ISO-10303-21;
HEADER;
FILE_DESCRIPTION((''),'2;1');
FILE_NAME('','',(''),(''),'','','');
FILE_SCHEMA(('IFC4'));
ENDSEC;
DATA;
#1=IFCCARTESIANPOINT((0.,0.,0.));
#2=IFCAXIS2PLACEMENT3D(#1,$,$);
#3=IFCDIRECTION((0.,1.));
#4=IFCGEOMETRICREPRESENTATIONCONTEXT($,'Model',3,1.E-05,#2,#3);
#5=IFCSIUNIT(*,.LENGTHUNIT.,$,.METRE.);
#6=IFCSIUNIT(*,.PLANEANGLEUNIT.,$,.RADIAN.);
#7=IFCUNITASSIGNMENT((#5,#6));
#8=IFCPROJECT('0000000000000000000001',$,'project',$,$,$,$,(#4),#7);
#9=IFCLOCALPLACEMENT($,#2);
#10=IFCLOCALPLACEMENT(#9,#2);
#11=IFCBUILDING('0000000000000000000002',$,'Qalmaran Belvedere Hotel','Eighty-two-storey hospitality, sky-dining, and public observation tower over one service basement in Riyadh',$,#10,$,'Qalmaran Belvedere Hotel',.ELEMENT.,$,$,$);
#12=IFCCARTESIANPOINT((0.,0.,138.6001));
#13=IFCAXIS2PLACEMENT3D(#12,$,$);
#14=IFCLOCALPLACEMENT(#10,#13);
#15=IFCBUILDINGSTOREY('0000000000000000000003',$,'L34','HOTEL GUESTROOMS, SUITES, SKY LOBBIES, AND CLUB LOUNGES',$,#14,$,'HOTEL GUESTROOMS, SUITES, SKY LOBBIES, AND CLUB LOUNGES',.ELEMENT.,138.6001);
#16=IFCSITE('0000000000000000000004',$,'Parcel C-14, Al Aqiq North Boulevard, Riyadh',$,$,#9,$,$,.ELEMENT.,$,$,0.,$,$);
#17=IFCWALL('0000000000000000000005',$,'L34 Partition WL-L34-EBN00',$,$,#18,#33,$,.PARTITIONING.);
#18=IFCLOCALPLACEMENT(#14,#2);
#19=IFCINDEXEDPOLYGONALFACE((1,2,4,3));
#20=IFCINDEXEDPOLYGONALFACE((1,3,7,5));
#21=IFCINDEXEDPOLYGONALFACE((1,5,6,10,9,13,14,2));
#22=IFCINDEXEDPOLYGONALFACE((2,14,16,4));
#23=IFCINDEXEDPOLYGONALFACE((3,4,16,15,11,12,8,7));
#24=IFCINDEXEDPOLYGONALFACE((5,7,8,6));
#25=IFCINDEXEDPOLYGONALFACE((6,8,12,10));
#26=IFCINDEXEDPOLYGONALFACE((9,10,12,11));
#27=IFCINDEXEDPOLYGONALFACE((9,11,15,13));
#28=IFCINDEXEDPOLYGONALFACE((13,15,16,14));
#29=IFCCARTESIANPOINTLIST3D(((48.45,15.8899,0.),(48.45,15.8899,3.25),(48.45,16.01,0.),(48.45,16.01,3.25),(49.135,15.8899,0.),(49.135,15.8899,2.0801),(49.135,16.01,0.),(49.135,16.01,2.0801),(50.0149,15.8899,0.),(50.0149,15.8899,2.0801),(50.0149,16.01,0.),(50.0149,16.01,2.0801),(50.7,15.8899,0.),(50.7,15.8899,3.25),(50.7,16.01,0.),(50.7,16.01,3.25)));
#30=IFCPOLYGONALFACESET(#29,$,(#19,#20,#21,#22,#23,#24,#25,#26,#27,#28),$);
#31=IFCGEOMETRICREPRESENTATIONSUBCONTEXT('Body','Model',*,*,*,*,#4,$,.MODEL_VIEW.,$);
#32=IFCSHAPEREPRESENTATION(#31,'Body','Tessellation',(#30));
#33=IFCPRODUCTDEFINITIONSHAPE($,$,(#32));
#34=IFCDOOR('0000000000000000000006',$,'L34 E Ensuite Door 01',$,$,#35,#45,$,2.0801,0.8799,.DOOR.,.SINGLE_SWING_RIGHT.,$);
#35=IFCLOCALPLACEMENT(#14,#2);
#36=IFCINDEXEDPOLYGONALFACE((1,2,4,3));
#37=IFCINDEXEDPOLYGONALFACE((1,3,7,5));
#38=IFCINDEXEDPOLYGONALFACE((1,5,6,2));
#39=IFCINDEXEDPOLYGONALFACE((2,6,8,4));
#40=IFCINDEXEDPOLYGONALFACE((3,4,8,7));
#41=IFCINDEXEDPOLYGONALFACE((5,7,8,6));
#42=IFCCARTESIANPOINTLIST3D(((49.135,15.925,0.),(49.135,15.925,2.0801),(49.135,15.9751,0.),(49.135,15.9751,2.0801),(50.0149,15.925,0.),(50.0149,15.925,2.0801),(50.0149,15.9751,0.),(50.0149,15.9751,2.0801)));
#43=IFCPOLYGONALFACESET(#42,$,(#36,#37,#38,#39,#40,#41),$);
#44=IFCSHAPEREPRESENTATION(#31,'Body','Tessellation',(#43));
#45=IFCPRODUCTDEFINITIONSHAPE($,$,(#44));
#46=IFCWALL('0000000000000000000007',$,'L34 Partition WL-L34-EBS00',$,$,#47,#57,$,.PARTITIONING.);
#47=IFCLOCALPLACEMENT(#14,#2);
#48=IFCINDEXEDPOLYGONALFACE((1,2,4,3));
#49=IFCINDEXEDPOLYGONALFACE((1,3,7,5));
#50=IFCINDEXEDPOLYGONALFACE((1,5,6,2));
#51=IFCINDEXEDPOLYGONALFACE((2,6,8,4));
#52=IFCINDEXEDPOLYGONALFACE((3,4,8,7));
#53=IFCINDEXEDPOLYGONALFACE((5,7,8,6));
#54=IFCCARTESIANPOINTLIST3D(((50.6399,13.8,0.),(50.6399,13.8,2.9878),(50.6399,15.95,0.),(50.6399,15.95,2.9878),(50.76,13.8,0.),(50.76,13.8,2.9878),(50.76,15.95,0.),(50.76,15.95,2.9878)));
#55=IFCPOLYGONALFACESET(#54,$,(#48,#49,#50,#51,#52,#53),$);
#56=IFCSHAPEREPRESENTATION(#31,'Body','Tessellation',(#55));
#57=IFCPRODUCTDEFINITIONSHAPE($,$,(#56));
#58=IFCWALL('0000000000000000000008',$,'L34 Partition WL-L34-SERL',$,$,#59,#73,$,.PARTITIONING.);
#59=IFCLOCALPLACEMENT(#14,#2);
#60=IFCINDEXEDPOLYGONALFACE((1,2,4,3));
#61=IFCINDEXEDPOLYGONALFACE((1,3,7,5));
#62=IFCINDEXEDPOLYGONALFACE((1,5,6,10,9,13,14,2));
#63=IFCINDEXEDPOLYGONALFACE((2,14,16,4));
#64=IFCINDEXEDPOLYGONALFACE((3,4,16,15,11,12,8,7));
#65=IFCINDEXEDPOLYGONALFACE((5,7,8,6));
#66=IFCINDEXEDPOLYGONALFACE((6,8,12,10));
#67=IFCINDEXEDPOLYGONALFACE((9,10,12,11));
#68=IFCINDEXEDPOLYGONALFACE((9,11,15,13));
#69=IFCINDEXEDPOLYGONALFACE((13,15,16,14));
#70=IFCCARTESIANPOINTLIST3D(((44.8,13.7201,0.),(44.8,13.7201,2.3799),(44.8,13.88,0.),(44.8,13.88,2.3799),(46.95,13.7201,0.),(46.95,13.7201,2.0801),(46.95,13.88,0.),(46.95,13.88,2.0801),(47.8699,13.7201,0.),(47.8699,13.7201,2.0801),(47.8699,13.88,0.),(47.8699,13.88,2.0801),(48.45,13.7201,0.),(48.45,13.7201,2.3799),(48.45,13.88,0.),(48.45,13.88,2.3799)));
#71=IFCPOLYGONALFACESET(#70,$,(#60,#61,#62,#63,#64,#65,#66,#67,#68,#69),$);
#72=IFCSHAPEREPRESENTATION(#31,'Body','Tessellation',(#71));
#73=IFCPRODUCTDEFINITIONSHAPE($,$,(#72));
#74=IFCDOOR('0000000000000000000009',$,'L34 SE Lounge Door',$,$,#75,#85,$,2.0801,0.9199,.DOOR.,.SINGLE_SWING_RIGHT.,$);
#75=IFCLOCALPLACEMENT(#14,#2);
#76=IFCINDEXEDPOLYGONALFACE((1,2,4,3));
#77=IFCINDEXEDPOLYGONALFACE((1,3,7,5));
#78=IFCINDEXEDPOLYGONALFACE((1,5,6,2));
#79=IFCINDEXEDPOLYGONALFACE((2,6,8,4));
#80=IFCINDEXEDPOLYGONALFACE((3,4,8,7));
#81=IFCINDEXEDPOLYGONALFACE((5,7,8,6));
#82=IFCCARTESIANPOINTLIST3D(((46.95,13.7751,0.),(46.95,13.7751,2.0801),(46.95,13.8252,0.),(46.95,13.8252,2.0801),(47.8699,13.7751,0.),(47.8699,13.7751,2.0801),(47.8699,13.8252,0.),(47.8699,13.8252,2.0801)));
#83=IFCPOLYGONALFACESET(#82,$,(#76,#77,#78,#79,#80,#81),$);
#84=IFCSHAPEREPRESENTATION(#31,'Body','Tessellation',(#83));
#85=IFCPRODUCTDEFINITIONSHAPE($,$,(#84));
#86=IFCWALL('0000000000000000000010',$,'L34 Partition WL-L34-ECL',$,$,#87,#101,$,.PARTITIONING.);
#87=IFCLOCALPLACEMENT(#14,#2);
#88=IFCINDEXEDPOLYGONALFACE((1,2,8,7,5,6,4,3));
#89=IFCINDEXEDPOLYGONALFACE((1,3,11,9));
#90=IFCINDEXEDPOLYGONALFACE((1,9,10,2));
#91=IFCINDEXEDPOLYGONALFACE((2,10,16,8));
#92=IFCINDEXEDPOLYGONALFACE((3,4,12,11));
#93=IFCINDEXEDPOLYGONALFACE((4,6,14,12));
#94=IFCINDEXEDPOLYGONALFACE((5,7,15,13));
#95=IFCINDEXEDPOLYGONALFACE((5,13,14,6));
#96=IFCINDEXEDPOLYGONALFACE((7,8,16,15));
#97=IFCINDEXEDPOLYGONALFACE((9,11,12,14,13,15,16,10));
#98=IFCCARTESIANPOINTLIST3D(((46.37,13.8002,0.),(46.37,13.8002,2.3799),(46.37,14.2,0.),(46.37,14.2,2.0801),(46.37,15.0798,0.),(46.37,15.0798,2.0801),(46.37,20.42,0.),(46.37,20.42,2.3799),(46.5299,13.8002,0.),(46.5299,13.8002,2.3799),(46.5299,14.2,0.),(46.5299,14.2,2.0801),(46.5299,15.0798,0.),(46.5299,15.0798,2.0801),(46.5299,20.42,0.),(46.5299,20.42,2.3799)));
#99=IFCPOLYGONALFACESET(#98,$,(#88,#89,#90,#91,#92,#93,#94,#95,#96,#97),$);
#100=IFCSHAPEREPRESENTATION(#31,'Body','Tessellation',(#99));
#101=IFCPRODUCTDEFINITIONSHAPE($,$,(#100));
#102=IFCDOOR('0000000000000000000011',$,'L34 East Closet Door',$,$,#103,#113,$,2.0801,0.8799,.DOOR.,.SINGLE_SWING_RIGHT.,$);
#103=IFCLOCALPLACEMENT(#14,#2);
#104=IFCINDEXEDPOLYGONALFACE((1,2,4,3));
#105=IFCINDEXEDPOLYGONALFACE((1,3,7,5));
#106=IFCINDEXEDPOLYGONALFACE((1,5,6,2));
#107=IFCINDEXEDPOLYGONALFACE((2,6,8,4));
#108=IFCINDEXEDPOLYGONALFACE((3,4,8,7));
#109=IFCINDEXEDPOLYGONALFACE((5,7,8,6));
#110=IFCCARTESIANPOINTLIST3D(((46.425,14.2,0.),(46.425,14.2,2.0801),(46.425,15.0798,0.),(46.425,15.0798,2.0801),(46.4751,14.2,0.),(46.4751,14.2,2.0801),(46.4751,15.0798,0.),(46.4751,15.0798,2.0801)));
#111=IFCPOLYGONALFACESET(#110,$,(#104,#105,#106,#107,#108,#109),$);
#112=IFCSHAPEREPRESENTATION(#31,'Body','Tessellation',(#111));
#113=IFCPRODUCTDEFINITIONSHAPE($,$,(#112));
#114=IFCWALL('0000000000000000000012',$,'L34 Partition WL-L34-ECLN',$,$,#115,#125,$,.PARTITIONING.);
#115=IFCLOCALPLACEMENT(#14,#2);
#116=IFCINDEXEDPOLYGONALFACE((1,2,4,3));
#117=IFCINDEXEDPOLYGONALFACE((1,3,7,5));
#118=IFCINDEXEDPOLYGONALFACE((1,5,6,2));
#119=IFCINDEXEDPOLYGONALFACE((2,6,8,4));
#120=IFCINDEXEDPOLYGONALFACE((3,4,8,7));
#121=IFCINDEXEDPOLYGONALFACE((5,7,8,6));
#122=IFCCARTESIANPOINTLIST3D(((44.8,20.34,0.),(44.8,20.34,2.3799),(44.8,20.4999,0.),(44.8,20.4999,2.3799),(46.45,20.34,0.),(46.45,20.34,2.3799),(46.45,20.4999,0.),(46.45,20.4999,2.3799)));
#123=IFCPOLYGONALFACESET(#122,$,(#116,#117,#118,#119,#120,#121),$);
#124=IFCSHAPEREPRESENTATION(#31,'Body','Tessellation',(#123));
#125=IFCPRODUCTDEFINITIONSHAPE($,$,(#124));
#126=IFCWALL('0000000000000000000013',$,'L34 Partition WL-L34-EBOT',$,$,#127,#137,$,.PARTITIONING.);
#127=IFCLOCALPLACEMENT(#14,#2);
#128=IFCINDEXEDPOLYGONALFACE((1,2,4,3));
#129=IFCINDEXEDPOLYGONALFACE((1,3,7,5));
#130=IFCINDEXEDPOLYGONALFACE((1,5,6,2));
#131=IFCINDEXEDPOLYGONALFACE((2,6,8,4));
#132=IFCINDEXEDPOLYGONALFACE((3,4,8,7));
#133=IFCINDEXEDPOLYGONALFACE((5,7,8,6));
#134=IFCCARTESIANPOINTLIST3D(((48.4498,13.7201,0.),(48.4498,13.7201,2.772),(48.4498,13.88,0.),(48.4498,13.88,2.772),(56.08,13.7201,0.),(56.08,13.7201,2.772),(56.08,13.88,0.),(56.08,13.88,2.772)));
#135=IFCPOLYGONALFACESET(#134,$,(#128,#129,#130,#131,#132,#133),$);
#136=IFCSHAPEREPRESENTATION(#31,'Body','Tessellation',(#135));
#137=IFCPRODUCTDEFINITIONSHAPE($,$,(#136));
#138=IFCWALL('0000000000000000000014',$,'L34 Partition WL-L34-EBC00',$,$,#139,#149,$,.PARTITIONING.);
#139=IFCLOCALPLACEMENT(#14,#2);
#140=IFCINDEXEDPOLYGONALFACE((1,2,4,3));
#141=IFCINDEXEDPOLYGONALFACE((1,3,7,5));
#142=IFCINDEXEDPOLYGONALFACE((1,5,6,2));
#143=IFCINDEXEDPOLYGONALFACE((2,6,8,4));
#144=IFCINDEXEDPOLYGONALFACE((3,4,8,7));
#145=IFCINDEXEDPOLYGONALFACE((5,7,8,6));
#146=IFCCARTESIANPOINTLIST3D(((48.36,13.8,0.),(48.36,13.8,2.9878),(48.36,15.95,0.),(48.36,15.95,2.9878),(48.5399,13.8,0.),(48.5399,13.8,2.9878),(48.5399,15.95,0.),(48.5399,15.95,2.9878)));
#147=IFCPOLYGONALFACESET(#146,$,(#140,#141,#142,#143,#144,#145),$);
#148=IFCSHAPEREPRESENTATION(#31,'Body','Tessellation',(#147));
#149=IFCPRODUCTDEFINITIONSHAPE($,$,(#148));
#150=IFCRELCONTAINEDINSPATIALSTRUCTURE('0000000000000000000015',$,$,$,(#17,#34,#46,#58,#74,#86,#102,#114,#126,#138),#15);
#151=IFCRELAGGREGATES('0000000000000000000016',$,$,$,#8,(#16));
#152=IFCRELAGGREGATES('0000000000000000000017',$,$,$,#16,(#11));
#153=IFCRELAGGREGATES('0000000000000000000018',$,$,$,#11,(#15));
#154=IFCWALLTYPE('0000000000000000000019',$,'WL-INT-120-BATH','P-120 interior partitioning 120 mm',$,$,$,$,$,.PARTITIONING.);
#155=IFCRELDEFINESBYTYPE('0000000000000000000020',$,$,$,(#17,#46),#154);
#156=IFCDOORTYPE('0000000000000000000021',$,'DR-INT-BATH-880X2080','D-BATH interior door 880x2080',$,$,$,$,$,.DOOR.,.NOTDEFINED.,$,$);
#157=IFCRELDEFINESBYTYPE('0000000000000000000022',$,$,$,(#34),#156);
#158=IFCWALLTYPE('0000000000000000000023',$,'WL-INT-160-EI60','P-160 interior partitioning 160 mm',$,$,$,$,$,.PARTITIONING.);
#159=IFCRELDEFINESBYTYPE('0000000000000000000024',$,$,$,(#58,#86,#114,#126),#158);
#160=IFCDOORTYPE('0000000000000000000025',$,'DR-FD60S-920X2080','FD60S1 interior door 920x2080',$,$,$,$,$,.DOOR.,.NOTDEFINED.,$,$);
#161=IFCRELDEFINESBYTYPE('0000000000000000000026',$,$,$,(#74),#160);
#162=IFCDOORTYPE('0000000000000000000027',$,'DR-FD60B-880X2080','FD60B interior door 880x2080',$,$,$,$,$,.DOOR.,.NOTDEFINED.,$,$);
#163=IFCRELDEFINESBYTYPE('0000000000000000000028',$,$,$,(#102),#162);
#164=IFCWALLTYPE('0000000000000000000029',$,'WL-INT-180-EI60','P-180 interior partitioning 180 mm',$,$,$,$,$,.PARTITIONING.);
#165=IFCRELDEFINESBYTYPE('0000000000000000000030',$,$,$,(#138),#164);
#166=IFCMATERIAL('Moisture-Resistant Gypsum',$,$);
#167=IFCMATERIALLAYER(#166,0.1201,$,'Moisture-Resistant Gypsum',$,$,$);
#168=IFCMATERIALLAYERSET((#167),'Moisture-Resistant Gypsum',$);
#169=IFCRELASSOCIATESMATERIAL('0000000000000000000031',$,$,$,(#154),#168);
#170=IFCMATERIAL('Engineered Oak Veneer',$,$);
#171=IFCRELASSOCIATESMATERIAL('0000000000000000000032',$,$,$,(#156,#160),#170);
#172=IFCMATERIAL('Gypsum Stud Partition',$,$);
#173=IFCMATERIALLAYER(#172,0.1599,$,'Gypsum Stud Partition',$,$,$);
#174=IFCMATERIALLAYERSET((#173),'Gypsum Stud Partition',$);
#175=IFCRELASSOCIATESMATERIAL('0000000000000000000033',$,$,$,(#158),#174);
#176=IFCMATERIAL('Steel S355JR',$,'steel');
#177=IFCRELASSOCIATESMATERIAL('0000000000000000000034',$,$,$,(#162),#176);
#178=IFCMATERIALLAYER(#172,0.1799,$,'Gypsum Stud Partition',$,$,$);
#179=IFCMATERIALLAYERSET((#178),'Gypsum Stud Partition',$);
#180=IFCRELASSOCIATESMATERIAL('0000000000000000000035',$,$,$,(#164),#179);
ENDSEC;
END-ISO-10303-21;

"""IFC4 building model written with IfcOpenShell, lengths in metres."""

from ifc_helpers import new_model, si_unit, direction, frame, frame_2d, origin, place, context, subcontext, project, spatial, rectangle, extrude, material, layer, layer_set, type_object, element, fill, save


model = new_model("IFC4")

# Units and contexts
model_context = context("Model", 3, precision=1e-05, world=origin(), true_north=direction((0.0, 1.0)))
body_context = subcontext(model_context, "Body", "Model", "MODEL_VIEW")
ifc_project = project(units=[si_unit("LENGTHUNIT", "METRE"), si_unit("PLANEANGLEUNIT", "RADIAN")], contexts=[model_context])

# Site, building, storey
site_placement = place(None, origin())
site = spatial("IfcSite", under=ifc_project, at=site_placement, Name="Parcel C-14, Al Aqiq North Boulevard, Riyadh", CompositionType="ELEMENT", RefElevation=0.0)
building_placement = place(site_placement, origin())
building = spatial("IfcBuilding", under=site, at=building_placement, Name="Qalmaran Belvedere Hotel", Description="Eighty-two-storey hospitality, sky-dining, and public observation tower over one service basement in Riyadh", LongName="Qalmaran Belvedere Hotel", CompositionType="ELEMENT")
storey_placement = place(building_placement, frame((0.0, 0.0, 138.6001)))
storey = spatial("IfcBuildingStorey", under=building, at=storey_placement, Name="L34", Description="HOTEL GUESTROOMS, SUITES, SKY LOBBIES, AND CLUB LOUNGES", LongName="HOTEL GUESTROOMS, SUITES, SKY LOBBIES, AND CLUB LOUNGES", CompositionType="ELEMENT", Elevation=138.6001)

# Shared definitions
ifc_material_1 = material(Name="Steel S355JR", Category="steel")

# Wall, opening, door
ifc_material_2 = material(Name="Moisture-Resistant Gypsum")
ifc_layer_1 = layer(ifc_material_2, 0.1201, Name="Moisture-Resistant Gypsum")
ifc_layer_set_1 = layer_set([ifc_layer_1], Name="Moisture-Resistant Gypsum")
wall_type_1 = type_object("IfcWallType", Name="WL-INT-120-BATH", Description="P-120 interior partitioning 120 mm", PredefinedType="PARTITIONING", material=ifc_layer_set_1)
wall_1_placement = place(storey_placement, frame((48.45, 15.95, 0.0), z_axis=(0.0, 0.0, 1.0), x_axis=(1.0, 0.0, 0.0)))
wall_1 = element("IfcWall", 1, at=wall_1_placement, inside=storey, type_object=wall_type_1, Name="L34 Partition WL-L34-EBN00", PredefinedType="PARTITIONING", context=body_context, shape_type="SweptSolid", body=[
    extrude(rectangle(XDim=2.25, YDim=0.1201, at=frame_2d((1.125, 0.0))), origin(), (0.0, 0.0, 1.0), 3.25),
])
opening_1_placement = place(wall_1_placement, frame((1.5649, 0.0, 0.0), z_axis=(0.0, 0.0, 1.0), x_axis=(-1.0, 0.0, 0.0)))
opening_1 = element("IfcOpeningElement", 2, at=opening_1_placement, cuts=wall_1, PredefinedType="OPENING", context=body_context, shape_type="SweptSolid", body=[
    extrude(rectangle(XDim=0.8799, YDim=2.0801, at=frame_2d((0.4399, 1.04))), frame((0.0, 0.0701, 0.0), z_axis=(0.0, -1.0, 0.0), x_axis=(1.0, 0.0, 0.0)), (0.0, 0.0, 1.0), 0.1401),
])
ifc_material_3 = material(Name="Engineered Oak Veneer")
door_type_1 = type_object("IfcDoorType", Name="DR-INT-BATH-880X2080", Description="D-BATH interior door 880x2080", OperationType="NOTDEFINED", PredefinedType="DOOR", material=ifc_material_3)
door_1_placement = place(opening_1_placement, origin())
door_1 = element("IfcDoor", 3, at=door_1_placement, inside=storey, type_object=door_type_1, Name="L34 E Ensuite Door 01", OperationType="SINGLE_SWING_RIGHT", OverallHeight=2.0801, OverallWidth=0.8799, PredefinedType="DOOR", context=body_context, shape_type="SweptSolid", body=[
    extrude(rectangle(XDim=0.8799, YDim=2.0801, at=frame_2d((0.4399, 1.04))), frame((0.0, 0.0249, 0.0), z_axis=(0.0, -1.0, 0.0), x_axis=(1.0, 0.0, 0.0)), (0.0, 0.0, 1.0), 0.05),
])
fill(opening_1, door_1)

# Wall
wall_2_placement = place(storey_placement, frame((50.7, 13.8, 0.0), z_axis=(0.0, 0.0, 1.0), x_axis=(0.0, 1.0, 0.0)))
element("IfcWall", 4, at=wall_2_placement, inside=storey, type_object=wall_type_1, Name="L34 Partition WL-L34-EBS00", PredefinedType="PARTITIONING", context=body_context, shape_type="SweptSolid", body=[
    extrude(rectangle(XDim=2.1499, YDim=0.1201, at=frame_2d((1.075, 0.0))), origin(), (0.0, 0.0, 1.0), 2.9878),
])

# Walls, openings, doors
ifc_material_4 = material(Name="Gypsum Stud Partition")
ifc_layer_2 = layer(ifc_material_4, 0.1599, Name="Gypsum Stud Partition")
ifc_layer_set_2 = layer_set([ifc_layer_2], Name="Gypsum Stud Partition")
wall_type_2 = type_object("IfcWallType", Name="WL-INT-160-EI60", Description="P-160 interior partitioning 160 mm", PredefinedType="PARTITIONING", material=ifc_layer_set_2)
wall_3_placement = place(storey_placement, frame((44.8, 13.8, 0.0), z_axis=(0.0, 0.0, 1.0), x_axis=(1.0, 0.0, 0.0)))
wall_3 = element("IfcWall", 5, at=wall_3_placement, inside=storey, type_object=wall_type_2, Name="L34 Partition WL-L34-SERL", PredefinedType="PARTITIONING", context=body_context, shape_type="SweptSolid", body=[
    extrude(rectangle(XDim=3.6499, YDim=0.1599, at=frame_2d((1.825, 0.0))), origin(), (0.0, 0.0, 1.0), 2.3799),
])
opening_2_placement = place(wall_3_placement, frame((3.0698, 0.0, 0.0), z_axis=(0.0, 0.0, 1.0), x_axis=(-1.0, 0.0, 0.0)))
opening_2 = element("IfcOpeningElement", 6, at=opening_2_placement, cuts=wall_3, PredefinedType="OPENING", context=body_context, shape_type="SweptSolid", body=[
    extrude(rectangle(XDim=0.9199, YDim=2.0801, at=frame_2d((0.46, 1.04))), frame((0.0, 0.0898, 0.0), z_axis=(0.0, -1.0, 0.0), x_axis=(1.0, 0.0, 0.0)), (0.0, 0.0, 1.0), 0.1799),
])
door_type_2 = type_object("IfcDoorType", Name="DR-FD60S-920X2080", Description="FD60S1 interior door 920x2080", OperationType="NOTDEFINED", PredefinedType="DOOR", material=ifc_material_3)
door_2_placement = place(opening_2_placement, origin())
door_2 = element("IfcDoor", 7, at=door_2_placement, inside=storey, type_object=door_type_2, Name="L34 SE Lounge Door", OperationType="SINGLE_SWING_RIGHT", OverallHeight=2.0801, OverallWidth=0.9199, PredefinedType="DOOR", context=body_context, shape_type="SweptSolid", body=[
    extrude(rectangle(XDim=0.9199, YDim=2.0801, at=frame_2d((0.46, 1.04))), frame((0.0, 0.0249, 0.0), z_axis=(0.0, -1.0, 0.0), x_axis=(1.0, 0.0, 0.0)), (0.0, 0.0, 1.0), 0.05),
])
fill(opening_2, door_2)
wall_4_placement = place(storey_placement, frame((46.45, 13.8, 0.0), z_axis=(0.0, 0.0, 1.0), x_axis=(0.0, 1.0, 0.0)))
wall_4 = element("IfcWall", 8, at=wall_4_placement, inside=storey, type_object=wall_type_2, Name="L34 Partition WL-L34-ECL", PredefinedType="PARTITIONING", context=body_context, shape_type="SweptSolid", body=[
    extrude(rectangle(XDim=6.6199, YDim=0.1599, at=frame_2d((3.3101, 0.0))), origin(), (0.0, 0.0, 1.0), 2.3799),
])
opening_3_placement = place(wall_4_placement, frame((0.3999, 0.0, 0.0)))
opening_3 = element("IfcOpeningElement", 9, at=opening_3_placement, cuts=wall_4, PredefinedType="OPENING", context=body_context, shape_type="SweptSolid", body=[
    extrude(rectangle(XDim=0.8799, YDim=2.0801, at=frame_2d((0.4399, 1.04))), frame((0.0, 0.0898, 0.0), z_axis=(0.0, -1.0, 0.0), x_axis=(1.0, 0.0, 0.0)), (0.0, 0.0, 1.0), 0.1799),
])
door_type_3 = type_object("IfcDoorType", Name="DR-FD60B-880X2080", Description="FD60B interior door 880x2080", OperationType="NOTDEFINED", PredefinedType="DOOR", material=ifc_material_1)
door_3_placement = place(opening_3_placement, origin())
door_3 = element("IfcDoor", 10, at=door_3_placement, inside=storey, type_object=door_type_3, Name="L34 East Closet Door", OperationType="SINGLE_SWING_RIGHT", OverallHeight=2.0801, OverallWidth=0.8799, PredefinedType="DOOR", context=body_context, shape_type="SweptSolid", body=[
    extrude(rectangle(XDim=0.8799, YDim=2.0801, at=frame_2d((0.4399, 1.04))), frame((0.0, 0.0249, 0.0), z_axis=(0.0, -1.0, 0.0), x_axis=(1.0, 0.0, 0.0)), (0.0, 0.0, 1.0), 0.05),
])
fill(opening_3, door_3)

# Walls
wall_5_placement = place(storey_placement, frame((44.8, 20.4199, 0.0), z_axis=(0.0, 0.0, 1.0), x_axis=(1.0, 0.0, 0.0)))
element("IfcWall", 11, at=wall_5_placement, inside=storey, type_object=wall_type_2, Name="L34 Partition WL-L34-ECLN", PredefinedType="PARTITIONING", context=body_context, shape_type="SweptSolid", body=[
    extrude(rectangle(XDim=1.6499, YDim=0.1599, at=frame_2d((0.825, 0.0))), origin(), (0.0, 0.0, 1.0), 2.3799),
])
wall_6_placement = place(storey_placement, frame((48.45, 13.8, 0.0), z_axis=(0.0, 0.0, 1.0), x_axis=(1.0, 0.0, 0.0)))
element("IfcWall", 12, at=wall_6_placement, inside=storey, type_object=wall_type_2, Name="L34 Partition WL-L34-EBOT", PredefinedType="PARTITIONING", context=body_context, shape_type="SweptSolid", body=[
    extrude(rectangle(XDim=7.6301, YDim=0.1599, at=frame_2d((3.8149, 0.0))), origin(), (0.0, 0.0, 1.0), 2.772),
])
ifc_layer_3 = layer(ifc_material_4, 0.1799, Name="Gypsum Stud Partition")
ifc_layer_set_3 = layer_set([ifc_layer_3], Name="Gypsum Stud Partition")
wall_type_3 = type_object("IfcWallType", Name="WL-INT-180-EI60", Description="P-180 interior partitioning 180 mm", PredefinedType="PARTITIONING", material=ifc_layer_set_3)
wall_7_placement = place(storey_placement, frame((48.45, 13.8, 0.0), z_axis=(0.0, 0.0, 1.0), x_axis=(0.0, 1.0, 0.0)))
element("IfcWall", 13, at=wall_7_placement, inside=storey, type_object=wall_type_3, Name="L34 Partition WL-L34-EBC00", PredefinedType="PARTITIONING", context=body_context, shape_type="SweptSolid", body=[
    extrude(rectangle(XDim=2.1499, YDim=0.1799, at=frame_2d((1.075, 0.0))), origin(), (0.0, 0.0, 1.0), 2.9878),
])

save(model, "model.ifc")
